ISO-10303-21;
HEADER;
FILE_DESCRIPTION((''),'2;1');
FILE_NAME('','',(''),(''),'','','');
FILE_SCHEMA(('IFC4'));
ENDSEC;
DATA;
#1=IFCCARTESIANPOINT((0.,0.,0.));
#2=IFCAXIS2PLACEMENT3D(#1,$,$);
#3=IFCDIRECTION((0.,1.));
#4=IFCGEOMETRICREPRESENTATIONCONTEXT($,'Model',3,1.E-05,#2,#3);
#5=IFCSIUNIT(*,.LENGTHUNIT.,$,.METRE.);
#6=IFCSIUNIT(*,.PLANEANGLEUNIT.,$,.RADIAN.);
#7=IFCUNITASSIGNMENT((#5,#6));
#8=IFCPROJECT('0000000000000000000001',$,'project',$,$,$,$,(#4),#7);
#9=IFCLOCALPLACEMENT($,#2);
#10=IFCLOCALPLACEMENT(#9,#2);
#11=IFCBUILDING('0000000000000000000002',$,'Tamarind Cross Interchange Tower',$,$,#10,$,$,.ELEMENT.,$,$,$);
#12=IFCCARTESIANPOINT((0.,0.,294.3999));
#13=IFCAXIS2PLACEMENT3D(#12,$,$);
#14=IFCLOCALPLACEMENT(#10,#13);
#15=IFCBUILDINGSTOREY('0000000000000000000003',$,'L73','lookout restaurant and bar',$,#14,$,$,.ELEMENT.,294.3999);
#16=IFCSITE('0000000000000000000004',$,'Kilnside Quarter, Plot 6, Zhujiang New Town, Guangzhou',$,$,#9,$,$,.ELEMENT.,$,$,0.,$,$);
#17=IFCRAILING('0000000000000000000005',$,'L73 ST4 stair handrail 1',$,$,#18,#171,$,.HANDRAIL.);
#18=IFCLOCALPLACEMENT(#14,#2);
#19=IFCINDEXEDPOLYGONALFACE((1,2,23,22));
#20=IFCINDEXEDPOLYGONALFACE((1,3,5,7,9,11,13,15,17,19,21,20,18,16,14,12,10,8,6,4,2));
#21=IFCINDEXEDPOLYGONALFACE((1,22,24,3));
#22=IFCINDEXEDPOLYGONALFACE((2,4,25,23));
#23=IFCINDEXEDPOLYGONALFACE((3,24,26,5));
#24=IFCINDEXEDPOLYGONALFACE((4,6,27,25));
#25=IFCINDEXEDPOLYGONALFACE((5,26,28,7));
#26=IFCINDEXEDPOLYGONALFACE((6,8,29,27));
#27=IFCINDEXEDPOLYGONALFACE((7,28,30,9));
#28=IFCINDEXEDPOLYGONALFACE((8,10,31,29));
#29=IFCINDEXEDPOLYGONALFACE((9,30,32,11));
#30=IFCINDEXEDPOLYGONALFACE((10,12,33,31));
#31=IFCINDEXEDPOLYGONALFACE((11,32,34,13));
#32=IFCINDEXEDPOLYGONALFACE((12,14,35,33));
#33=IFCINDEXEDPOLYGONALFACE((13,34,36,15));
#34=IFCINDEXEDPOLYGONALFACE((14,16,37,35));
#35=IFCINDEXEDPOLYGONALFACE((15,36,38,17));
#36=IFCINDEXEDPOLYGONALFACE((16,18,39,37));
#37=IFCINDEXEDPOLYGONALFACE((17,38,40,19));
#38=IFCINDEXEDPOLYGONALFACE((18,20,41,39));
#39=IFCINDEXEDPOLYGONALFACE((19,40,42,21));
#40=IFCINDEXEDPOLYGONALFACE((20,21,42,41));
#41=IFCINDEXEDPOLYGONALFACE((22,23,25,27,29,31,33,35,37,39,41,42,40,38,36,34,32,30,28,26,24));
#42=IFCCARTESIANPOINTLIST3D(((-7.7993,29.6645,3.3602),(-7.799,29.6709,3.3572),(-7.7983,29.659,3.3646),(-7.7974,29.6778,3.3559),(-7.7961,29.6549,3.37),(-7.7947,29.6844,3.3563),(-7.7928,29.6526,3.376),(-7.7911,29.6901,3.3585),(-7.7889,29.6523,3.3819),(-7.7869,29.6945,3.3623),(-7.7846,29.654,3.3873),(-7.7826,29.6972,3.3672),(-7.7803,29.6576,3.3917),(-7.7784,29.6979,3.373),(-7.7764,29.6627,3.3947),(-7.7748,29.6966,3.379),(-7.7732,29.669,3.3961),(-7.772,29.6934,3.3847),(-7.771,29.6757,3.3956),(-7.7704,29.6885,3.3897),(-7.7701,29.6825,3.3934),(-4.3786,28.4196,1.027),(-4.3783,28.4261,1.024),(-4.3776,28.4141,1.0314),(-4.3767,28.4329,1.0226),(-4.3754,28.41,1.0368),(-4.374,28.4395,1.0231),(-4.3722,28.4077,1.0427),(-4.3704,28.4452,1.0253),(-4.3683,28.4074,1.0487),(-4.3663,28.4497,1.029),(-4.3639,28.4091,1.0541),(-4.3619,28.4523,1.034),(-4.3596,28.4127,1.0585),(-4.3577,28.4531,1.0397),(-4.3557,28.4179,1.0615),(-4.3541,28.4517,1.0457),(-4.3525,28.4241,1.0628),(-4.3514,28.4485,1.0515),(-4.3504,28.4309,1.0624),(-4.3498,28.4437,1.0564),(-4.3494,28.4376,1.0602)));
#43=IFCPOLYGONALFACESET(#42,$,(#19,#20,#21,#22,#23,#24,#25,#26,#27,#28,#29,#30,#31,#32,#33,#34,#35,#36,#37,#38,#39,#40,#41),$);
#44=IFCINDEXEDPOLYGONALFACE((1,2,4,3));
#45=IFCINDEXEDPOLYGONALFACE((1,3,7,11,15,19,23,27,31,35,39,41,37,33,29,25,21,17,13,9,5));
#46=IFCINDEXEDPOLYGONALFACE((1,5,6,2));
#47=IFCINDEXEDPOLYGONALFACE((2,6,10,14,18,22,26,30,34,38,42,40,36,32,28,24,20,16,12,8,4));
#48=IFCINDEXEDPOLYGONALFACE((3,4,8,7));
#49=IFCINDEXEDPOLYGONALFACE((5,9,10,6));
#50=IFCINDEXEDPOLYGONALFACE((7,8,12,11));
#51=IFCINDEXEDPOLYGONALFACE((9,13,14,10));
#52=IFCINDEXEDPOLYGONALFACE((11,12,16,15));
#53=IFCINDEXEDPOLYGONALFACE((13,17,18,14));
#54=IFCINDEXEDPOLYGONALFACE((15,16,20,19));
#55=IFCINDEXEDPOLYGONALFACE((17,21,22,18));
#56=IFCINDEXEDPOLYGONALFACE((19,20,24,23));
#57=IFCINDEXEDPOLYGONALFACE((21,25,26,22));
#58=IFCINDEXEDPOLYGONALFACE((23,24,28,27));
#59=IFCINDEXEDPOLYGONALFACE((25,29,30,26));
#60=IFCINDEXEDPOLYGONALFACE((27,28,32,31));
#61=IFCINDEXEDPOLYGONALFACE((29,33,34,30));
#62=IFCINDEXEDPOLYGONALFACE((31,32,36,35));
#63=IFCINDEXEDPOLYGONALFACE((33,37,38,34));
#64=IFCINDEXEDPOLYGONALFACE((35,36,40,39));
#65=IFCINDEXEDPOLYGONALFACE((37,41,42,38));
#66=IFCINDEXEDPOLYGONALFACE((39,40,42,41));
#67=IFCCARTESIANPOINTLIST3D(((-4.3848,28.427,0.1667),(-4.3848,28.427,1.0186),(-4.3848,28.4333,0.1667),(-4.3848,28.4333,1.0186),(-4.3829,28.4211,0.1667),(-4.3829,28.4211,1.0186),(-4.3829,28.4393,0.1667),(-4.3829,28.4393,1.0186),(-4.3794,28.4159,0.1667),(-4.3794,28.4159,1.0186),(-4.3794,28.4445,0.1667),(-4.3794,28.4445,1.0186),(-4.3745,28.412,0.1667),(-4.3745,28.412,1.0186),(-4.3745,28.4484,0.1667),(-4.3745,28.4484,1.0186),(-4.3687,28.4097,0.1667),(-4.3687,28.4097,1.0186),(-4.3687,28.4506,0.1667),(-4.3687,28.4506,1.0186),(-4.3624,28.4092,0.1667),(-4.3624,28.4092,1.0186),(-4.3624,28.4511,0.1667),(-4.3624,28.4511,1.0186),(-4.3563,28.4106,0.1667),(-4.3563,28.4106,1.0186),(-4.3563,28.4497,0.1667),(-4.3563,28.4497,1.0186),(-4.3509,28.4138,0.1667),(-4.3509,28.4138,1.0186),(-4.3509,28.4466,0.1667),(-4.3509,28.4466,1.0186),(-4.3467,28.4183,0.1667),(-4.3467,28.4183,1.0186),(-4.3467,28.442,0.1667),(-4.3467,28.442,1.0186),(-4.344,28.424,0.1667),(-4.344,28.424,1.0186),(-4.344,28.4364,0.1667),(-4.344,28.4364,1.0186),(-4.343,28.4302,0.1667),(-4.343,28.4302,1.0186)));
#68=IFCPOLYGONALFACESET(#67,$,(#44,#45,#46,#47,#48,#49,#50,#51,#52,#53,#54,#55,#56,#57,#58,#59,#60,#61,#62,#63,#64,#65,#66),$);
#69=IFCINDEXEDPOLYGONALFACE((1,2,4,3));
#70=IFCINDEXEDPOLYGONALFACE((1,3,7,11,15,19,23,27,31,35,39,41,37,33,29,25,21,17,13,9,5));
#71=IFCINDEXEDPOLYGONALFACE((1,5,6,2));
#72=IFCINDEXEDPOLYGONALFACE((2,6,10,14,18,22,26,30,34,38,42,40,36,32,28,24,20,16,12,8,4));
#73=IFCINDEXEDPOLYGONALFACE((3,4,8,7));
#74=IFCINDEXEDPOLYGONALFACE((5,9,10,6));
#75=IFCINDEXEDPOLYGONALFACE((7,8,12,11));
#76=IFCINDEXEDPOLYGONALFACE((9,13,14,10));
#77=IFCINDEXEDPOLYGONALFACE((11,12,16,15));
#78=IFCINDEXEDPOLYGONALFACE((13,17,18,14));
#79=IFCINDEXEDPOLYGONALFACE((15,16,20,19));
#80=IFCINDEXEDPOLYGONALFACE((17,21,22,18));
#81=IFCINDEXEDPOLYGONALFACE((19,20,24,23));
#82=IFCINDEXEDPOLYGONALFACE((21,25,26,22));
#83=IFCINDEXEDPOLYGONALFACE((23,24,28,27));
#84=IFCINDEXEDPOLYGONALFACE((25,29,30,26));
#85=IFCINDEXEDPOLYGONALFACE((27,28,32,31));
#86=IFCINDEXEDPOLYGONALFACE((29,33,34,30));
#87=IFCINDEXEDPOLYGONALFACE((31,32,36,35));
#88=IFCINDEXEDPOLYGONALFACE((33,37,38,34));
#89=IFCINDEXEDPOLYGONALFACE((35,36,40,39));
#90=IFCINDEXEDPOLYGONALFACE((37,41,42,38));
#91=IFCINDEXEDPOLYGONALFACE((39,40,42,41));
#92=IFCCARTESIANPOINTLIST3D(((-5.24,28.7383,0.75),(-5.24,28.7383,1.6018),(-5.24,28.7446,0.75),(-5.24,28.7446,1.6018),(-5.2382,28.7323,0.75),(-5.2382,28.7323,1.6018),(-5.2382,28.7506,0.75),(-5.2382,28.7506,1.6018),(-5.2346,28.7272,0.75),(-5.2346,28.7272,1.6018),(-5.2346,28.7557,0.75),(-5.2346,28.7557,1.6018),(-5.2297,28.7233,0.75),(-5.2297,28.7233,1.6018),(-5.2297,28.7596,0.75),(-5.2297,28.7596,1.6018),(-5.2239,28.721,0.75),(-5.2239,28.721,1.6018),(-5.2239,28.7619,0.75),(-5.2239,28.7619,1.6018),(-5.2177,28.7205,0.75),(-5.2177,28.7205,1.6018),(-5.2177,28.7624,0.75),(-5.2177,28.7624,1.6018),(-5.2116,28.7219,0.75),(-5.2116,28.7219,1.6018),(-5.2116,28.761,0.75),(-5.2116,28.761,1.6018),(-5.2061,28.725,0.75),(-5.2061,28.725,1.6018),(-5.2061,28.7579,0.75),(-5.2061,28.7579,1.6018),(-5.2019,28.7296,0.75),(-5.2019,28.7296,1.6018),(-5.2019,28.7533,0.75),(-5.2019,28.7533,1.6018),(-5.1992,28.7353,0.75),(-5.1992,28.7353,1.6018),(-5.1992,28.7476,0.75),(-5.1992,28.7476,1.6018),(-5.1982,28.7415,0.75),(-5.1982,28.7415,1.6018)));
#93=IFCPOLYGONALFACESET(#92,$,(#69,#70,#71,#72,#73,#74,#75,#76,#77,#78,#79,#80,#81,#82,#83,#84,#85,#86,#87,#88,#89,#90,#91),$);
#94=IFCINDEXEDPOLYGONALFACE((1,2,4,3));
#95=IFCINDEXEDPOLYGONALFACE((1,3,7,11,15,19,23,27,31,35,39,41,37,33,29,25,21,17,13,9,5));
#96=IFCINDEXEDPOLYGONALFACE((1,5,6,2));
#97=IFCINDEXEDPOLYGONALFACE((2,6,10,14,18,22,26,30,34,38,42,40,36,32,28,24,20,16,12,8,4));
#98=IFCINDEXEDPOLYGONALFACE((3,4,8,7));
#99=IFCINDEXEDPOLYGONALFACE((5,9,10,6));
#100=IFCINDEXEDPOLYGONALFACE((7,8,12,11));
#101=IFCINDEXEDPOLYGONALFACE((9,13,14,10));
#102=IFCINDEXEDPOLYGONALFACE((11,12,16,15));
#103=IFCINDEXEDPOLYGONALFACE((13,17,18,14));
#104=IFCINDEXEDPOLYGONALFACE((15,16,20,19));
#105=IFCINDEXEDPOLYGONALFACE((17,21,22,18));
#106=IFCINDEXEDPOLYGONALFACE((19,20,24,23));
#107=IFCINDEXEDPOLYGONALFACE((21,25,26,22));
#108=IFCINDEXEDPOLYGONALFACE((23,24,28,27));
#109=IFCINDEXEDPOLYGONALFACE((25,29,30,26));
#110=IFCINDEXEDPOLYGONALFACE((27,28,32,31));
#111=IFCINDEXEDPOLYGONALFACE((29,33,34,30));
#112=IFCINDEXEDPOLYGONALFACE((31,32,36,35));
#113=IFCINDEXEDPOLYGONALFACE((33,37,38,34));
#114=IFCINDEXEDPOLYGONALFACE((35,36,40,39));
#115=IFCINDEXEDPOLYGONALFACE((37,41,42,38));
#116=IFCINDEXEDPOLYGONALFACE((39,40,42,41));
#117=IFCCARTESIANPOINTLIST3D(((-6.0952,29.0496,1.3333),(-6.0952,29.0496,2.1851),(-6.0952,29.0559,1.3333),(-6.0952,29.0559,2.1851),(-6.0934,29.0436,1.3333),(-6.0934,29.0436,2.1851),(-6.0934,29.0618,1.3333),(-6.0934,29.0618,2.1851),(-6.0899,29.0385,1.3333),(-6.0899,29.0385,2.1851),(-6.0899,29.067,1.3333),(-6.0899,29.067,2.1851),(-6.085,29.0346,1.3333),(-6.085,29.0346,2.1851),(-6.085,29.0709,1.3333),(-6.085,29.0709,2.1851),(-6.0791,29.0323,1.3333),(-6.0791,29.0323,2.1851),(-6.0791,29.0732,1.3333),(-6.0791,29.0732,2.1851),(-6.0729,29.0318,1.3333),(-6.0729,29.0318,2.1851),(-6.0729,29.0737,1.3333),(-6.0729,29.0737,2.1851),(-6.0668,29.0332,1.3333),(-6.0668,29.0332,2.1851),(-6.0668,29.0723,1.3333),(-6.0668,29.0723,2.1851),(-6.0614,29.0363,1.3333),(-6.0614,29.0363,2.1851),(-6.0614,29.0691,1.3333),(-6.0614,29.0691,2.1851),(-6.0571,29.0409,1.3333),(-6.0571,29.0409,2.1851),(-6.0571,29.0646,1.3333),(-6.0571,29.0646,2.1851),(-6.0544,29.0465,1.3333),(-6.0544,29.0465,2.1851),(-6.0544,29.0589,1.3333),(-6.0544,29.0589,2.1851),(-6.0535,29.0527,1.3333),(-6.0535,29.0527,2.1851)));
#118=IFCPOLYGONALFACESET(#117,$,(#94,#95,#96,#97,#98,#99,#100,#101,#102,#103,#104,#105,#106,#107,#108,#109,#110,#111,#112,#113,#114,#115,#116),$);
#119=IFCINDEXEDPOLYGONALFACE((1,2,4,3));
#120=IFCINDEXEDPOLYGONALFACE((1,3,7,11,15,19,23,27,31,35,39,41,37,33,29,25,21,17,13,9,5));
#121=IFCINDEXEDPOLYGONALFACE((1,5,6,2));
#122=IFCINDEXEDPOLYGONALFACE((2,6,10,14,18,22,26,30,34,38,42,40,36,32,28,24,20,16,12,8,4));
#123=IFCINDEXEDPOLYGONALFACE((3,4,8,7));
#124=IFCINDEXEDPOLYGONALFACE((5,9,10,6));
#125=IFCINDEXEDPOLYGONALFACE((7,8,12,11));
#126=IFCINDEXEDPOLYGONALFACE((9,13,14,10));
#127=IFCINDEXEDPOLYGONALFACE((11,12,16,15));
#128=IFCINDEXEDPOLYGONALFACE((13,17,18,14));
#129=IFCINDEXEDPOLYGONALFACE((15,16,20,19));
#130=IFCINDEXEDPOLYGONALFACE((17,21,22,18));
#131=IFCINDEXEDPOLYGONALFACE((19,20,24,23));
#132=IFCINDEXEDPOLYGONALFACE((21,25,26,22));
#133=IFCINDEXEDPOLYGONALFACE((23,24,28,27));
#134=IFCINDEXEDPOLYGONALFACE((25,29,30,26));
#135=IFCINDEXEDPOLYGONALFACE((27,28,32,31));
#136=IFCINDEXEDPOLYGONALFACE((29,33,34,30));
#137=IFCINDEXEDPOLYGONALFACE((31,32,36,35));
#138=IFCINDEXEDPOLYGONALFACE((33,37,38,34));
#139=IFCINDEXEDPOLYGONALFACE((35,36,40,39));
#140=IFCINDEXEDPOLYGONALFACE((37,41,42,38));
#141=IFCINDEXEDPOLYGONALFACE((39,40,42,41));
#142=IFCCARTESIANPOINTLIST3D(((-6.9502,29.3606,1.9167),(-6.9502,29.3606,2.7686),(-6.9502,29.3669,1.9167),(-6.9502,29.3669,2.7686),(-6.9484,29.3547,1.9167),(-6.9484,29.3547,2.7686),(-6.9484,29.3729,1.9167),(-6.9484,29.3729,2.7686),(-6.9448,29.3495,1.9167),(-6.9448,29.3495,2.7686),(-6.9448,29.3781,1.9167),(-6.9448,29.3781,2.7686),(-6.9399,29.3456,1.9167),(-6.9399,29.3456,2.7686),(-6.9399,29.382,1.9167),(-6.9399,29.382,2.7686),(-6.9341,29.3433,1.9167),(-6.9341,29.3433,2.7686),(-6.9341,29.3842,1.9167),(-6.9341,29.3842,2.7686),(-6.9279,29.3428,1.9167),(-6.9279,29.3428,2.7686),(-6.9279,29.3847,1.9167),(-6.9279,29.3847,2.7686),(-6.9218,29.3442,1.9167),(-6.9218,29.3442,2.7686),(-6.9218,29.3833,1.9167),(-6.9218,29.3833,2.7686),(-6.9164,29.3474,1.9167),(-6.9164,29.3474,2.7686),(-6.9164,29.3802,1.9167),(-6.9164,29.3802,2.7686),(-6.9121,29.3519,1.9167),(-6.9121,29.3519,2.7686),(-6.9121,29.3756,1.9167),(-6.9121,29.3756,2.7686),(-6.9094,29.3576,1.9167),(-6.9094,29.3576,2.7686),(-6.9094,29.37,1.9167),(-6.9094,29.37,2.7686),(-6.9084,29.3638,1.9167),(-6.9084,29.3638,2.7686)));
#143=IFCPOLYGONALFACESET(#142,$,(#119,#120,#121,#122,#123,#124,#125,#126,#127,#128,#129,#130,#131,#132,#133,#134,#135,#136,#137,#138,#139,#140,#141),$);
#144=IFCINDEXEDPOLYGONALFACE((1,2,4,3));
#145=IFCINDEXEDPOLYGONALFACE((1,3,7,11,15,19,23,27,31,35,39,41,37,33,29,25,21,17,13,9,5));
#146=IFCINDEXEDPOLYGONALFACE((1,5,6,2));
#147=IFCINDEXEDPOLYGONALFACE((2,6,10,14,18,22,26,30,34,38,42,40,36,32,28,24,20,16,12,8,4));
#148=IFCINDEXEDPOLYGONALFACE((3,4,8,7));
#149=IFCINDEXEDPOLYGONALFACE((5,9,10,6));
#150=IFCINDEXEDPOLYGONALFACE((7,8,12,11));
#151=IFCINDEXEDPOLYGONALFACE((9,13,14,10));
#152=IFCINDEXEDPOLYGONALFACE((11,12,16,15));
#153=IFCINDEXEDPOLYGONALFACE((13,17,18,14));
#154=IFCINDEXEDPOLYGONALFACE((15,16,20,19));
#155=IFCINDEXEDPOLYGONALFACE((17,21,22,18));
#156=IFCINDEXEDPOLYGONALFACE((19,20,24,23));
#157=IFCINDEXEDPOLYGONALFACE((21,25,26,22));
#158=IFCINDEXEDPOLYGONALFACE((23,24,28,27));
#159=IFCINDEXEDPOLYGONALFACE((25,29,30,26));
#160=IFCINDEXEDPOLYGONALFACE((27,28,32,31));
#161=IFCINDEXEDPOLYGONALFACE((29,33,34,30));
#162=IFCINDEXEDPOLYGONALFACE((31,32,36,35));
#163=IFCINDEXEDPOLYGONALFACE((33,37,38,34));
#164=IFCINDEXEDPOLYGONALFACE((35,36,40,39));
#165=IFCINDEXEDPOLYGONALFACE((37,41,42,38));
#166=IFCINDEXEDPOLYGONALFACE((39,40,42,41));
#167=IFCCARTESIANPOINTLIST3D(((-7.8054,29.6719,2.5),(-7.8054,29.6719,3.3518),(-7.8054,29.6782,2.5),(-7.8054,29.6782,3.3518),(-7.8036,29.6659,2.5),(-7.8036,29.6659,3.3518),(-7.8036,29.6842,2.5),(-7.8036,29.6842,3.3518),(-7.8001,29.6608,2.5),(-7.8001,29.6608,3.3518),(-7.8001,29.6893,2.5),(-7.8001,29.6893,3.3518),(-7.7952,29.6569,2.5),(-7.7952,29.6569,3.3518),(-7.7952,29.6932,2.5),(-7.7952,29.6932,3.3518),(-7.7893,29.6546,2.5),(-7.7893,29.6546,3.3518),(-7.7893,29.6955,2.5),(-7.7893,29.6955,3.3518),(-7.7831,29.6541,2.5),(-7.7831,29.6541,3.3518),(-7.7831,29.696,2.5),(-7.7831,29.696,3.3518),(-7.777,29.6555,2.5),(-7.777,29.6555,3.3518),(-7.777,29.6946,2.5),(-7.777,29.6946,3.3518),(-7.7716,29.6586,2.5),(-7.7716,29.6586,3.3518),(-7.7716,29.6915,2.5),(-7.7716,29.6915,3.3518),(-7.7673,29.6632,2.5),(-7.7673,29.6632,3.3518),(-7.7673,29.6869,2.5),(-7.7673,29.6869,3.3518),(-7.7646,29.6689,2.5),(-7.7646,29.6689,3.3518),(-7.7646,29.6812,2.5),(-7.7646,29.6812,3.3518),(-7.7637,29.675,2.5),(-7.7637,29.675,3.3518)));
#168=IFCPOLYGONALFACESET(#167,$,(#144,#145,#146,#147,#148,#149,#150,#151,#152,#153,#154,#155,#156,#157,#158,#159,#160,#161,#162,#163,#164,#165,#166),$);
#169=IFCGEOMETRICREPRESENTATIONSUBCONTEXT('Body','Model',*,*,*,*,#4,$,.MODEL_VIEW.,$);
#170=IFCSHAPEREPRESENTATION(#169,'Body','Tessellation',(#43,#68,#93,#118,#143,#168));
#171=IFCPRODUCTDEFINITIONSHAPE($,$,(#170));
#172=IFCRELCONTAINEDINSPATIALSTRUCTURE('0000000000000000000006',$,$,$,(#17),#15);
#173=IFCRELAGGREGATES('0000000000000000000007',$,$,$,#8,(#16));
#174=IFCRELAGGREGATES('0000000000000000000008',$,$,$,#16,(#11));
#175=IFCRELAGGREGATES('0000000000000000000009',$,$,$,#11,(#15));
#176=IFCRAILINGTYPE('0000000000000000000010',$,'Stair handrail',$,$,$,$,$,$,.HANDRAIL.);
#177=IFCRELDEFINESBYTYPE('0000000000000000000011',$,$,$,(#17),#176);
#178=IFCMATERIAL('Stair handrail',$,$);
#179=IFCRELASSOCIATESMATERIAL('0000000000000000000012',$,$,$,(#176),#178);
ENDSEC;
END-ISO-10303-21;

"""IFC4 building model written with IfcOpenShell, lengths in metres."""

from ifc_helpers import new_model, si_unit, direction, frame, origin, origin_2d, place, context, subcontext, project, spatial, circle, extrude, material, type_object, element, save


model = new_model("IFC4")

# Units and contexts
model_context = context("Model", 3, precision=1e-05, world=origin(), true_north=direction((0.0, 1.0)))
body_context = subcontext(model_context, "Body", "Model", "MODEL_VIEW")
ifc_project = project(units=[si_unit("LENGTHUNIT", "METRE"), si_unit("PLANEANGLEUNIT", "RADIAN")], contexts=[model_context])

# Site, building, storey
site_placement = place(None, origin())
site = spatial("IfcSite", under=ifc_project, at=site_placement, Name="Kilnside Quarter, Plot 6, Zhujiang New Town, Guangzhou", CompositionType="ELEMENT", RefElevation=0.0)
building_placement = place(site_placement, origin())
building = spatial("IfcBuilding", under=site, at=building_placement, Name="Tamarind Cross Interchange Tower", CompositionType="ELEMENT")
storey_placement = place(building_placement, frame((0.0, 0.0, 294.3999)))
storey = spatial("IfcBuildingStorey", under=building, at=storey_placement, Name="L73", Description="lookout restaurant and bar", CompositionType="ELEMENT", Elevation=294.3999)

# Railing
ifc_material_1 = material(Name="Stair handrail")
railing_type_1 = type_object("IfcRailingType", Name="Stair handrail", PredefinedType="HANDRAIL", material=ifc_material_1)
railing_1_placement = place(storey_placement, frame((-4.364, 28.4302, 0.1667)))
element("IfcRailing", 1, at=railing_1_placement, inside=storey, type_object=railing_type_1, Name="L73 ST4 stair handrail 1", PredefinedType="HANDRAIL", context=body_context, shape_type="SweptSolid", body=[
    extrude(circle(Radius=0.0239, at=origin_2d()), frame((0.0, 0.0, 0.876), z_axis=(-0.791135, 0.287916, 0.539639), x_axis=(-0.341985, -0.939705, 0.0)), (0.0, 0.0, 1.0), 4.3237),
    extrude(circle(Radius=0.021, at=origin_2d()), origin(), (0.0, 0.0, 1.0), 0.8518),
    extrude(circle(Radius=0.021, at=origin_2d()), frame((-0.8552, 0.3113, 0.5833)), (0.0, 0.0, 1.0), 0.8518),
    extrude(circle(Radius=0.021, at=origin_2d()), frame((-1.7104, 0.6226, 1.1665)), (0.0, 0.0, 1.0), 0.8518),
    extrude(circle(Radius=0.021, at=origin_2d()), frame((-2.5654, 0.9336, 1.75)), (0.0, 0.0, 1.0), 0.8518),
    extrude(circle(Radius=0.021, at=origin_2d()), frame((-3.4207, 1.2449, 2.3333)), (0.0, 0.0, 1.0), 0.8518),
])

save(model, "model.ifc")
